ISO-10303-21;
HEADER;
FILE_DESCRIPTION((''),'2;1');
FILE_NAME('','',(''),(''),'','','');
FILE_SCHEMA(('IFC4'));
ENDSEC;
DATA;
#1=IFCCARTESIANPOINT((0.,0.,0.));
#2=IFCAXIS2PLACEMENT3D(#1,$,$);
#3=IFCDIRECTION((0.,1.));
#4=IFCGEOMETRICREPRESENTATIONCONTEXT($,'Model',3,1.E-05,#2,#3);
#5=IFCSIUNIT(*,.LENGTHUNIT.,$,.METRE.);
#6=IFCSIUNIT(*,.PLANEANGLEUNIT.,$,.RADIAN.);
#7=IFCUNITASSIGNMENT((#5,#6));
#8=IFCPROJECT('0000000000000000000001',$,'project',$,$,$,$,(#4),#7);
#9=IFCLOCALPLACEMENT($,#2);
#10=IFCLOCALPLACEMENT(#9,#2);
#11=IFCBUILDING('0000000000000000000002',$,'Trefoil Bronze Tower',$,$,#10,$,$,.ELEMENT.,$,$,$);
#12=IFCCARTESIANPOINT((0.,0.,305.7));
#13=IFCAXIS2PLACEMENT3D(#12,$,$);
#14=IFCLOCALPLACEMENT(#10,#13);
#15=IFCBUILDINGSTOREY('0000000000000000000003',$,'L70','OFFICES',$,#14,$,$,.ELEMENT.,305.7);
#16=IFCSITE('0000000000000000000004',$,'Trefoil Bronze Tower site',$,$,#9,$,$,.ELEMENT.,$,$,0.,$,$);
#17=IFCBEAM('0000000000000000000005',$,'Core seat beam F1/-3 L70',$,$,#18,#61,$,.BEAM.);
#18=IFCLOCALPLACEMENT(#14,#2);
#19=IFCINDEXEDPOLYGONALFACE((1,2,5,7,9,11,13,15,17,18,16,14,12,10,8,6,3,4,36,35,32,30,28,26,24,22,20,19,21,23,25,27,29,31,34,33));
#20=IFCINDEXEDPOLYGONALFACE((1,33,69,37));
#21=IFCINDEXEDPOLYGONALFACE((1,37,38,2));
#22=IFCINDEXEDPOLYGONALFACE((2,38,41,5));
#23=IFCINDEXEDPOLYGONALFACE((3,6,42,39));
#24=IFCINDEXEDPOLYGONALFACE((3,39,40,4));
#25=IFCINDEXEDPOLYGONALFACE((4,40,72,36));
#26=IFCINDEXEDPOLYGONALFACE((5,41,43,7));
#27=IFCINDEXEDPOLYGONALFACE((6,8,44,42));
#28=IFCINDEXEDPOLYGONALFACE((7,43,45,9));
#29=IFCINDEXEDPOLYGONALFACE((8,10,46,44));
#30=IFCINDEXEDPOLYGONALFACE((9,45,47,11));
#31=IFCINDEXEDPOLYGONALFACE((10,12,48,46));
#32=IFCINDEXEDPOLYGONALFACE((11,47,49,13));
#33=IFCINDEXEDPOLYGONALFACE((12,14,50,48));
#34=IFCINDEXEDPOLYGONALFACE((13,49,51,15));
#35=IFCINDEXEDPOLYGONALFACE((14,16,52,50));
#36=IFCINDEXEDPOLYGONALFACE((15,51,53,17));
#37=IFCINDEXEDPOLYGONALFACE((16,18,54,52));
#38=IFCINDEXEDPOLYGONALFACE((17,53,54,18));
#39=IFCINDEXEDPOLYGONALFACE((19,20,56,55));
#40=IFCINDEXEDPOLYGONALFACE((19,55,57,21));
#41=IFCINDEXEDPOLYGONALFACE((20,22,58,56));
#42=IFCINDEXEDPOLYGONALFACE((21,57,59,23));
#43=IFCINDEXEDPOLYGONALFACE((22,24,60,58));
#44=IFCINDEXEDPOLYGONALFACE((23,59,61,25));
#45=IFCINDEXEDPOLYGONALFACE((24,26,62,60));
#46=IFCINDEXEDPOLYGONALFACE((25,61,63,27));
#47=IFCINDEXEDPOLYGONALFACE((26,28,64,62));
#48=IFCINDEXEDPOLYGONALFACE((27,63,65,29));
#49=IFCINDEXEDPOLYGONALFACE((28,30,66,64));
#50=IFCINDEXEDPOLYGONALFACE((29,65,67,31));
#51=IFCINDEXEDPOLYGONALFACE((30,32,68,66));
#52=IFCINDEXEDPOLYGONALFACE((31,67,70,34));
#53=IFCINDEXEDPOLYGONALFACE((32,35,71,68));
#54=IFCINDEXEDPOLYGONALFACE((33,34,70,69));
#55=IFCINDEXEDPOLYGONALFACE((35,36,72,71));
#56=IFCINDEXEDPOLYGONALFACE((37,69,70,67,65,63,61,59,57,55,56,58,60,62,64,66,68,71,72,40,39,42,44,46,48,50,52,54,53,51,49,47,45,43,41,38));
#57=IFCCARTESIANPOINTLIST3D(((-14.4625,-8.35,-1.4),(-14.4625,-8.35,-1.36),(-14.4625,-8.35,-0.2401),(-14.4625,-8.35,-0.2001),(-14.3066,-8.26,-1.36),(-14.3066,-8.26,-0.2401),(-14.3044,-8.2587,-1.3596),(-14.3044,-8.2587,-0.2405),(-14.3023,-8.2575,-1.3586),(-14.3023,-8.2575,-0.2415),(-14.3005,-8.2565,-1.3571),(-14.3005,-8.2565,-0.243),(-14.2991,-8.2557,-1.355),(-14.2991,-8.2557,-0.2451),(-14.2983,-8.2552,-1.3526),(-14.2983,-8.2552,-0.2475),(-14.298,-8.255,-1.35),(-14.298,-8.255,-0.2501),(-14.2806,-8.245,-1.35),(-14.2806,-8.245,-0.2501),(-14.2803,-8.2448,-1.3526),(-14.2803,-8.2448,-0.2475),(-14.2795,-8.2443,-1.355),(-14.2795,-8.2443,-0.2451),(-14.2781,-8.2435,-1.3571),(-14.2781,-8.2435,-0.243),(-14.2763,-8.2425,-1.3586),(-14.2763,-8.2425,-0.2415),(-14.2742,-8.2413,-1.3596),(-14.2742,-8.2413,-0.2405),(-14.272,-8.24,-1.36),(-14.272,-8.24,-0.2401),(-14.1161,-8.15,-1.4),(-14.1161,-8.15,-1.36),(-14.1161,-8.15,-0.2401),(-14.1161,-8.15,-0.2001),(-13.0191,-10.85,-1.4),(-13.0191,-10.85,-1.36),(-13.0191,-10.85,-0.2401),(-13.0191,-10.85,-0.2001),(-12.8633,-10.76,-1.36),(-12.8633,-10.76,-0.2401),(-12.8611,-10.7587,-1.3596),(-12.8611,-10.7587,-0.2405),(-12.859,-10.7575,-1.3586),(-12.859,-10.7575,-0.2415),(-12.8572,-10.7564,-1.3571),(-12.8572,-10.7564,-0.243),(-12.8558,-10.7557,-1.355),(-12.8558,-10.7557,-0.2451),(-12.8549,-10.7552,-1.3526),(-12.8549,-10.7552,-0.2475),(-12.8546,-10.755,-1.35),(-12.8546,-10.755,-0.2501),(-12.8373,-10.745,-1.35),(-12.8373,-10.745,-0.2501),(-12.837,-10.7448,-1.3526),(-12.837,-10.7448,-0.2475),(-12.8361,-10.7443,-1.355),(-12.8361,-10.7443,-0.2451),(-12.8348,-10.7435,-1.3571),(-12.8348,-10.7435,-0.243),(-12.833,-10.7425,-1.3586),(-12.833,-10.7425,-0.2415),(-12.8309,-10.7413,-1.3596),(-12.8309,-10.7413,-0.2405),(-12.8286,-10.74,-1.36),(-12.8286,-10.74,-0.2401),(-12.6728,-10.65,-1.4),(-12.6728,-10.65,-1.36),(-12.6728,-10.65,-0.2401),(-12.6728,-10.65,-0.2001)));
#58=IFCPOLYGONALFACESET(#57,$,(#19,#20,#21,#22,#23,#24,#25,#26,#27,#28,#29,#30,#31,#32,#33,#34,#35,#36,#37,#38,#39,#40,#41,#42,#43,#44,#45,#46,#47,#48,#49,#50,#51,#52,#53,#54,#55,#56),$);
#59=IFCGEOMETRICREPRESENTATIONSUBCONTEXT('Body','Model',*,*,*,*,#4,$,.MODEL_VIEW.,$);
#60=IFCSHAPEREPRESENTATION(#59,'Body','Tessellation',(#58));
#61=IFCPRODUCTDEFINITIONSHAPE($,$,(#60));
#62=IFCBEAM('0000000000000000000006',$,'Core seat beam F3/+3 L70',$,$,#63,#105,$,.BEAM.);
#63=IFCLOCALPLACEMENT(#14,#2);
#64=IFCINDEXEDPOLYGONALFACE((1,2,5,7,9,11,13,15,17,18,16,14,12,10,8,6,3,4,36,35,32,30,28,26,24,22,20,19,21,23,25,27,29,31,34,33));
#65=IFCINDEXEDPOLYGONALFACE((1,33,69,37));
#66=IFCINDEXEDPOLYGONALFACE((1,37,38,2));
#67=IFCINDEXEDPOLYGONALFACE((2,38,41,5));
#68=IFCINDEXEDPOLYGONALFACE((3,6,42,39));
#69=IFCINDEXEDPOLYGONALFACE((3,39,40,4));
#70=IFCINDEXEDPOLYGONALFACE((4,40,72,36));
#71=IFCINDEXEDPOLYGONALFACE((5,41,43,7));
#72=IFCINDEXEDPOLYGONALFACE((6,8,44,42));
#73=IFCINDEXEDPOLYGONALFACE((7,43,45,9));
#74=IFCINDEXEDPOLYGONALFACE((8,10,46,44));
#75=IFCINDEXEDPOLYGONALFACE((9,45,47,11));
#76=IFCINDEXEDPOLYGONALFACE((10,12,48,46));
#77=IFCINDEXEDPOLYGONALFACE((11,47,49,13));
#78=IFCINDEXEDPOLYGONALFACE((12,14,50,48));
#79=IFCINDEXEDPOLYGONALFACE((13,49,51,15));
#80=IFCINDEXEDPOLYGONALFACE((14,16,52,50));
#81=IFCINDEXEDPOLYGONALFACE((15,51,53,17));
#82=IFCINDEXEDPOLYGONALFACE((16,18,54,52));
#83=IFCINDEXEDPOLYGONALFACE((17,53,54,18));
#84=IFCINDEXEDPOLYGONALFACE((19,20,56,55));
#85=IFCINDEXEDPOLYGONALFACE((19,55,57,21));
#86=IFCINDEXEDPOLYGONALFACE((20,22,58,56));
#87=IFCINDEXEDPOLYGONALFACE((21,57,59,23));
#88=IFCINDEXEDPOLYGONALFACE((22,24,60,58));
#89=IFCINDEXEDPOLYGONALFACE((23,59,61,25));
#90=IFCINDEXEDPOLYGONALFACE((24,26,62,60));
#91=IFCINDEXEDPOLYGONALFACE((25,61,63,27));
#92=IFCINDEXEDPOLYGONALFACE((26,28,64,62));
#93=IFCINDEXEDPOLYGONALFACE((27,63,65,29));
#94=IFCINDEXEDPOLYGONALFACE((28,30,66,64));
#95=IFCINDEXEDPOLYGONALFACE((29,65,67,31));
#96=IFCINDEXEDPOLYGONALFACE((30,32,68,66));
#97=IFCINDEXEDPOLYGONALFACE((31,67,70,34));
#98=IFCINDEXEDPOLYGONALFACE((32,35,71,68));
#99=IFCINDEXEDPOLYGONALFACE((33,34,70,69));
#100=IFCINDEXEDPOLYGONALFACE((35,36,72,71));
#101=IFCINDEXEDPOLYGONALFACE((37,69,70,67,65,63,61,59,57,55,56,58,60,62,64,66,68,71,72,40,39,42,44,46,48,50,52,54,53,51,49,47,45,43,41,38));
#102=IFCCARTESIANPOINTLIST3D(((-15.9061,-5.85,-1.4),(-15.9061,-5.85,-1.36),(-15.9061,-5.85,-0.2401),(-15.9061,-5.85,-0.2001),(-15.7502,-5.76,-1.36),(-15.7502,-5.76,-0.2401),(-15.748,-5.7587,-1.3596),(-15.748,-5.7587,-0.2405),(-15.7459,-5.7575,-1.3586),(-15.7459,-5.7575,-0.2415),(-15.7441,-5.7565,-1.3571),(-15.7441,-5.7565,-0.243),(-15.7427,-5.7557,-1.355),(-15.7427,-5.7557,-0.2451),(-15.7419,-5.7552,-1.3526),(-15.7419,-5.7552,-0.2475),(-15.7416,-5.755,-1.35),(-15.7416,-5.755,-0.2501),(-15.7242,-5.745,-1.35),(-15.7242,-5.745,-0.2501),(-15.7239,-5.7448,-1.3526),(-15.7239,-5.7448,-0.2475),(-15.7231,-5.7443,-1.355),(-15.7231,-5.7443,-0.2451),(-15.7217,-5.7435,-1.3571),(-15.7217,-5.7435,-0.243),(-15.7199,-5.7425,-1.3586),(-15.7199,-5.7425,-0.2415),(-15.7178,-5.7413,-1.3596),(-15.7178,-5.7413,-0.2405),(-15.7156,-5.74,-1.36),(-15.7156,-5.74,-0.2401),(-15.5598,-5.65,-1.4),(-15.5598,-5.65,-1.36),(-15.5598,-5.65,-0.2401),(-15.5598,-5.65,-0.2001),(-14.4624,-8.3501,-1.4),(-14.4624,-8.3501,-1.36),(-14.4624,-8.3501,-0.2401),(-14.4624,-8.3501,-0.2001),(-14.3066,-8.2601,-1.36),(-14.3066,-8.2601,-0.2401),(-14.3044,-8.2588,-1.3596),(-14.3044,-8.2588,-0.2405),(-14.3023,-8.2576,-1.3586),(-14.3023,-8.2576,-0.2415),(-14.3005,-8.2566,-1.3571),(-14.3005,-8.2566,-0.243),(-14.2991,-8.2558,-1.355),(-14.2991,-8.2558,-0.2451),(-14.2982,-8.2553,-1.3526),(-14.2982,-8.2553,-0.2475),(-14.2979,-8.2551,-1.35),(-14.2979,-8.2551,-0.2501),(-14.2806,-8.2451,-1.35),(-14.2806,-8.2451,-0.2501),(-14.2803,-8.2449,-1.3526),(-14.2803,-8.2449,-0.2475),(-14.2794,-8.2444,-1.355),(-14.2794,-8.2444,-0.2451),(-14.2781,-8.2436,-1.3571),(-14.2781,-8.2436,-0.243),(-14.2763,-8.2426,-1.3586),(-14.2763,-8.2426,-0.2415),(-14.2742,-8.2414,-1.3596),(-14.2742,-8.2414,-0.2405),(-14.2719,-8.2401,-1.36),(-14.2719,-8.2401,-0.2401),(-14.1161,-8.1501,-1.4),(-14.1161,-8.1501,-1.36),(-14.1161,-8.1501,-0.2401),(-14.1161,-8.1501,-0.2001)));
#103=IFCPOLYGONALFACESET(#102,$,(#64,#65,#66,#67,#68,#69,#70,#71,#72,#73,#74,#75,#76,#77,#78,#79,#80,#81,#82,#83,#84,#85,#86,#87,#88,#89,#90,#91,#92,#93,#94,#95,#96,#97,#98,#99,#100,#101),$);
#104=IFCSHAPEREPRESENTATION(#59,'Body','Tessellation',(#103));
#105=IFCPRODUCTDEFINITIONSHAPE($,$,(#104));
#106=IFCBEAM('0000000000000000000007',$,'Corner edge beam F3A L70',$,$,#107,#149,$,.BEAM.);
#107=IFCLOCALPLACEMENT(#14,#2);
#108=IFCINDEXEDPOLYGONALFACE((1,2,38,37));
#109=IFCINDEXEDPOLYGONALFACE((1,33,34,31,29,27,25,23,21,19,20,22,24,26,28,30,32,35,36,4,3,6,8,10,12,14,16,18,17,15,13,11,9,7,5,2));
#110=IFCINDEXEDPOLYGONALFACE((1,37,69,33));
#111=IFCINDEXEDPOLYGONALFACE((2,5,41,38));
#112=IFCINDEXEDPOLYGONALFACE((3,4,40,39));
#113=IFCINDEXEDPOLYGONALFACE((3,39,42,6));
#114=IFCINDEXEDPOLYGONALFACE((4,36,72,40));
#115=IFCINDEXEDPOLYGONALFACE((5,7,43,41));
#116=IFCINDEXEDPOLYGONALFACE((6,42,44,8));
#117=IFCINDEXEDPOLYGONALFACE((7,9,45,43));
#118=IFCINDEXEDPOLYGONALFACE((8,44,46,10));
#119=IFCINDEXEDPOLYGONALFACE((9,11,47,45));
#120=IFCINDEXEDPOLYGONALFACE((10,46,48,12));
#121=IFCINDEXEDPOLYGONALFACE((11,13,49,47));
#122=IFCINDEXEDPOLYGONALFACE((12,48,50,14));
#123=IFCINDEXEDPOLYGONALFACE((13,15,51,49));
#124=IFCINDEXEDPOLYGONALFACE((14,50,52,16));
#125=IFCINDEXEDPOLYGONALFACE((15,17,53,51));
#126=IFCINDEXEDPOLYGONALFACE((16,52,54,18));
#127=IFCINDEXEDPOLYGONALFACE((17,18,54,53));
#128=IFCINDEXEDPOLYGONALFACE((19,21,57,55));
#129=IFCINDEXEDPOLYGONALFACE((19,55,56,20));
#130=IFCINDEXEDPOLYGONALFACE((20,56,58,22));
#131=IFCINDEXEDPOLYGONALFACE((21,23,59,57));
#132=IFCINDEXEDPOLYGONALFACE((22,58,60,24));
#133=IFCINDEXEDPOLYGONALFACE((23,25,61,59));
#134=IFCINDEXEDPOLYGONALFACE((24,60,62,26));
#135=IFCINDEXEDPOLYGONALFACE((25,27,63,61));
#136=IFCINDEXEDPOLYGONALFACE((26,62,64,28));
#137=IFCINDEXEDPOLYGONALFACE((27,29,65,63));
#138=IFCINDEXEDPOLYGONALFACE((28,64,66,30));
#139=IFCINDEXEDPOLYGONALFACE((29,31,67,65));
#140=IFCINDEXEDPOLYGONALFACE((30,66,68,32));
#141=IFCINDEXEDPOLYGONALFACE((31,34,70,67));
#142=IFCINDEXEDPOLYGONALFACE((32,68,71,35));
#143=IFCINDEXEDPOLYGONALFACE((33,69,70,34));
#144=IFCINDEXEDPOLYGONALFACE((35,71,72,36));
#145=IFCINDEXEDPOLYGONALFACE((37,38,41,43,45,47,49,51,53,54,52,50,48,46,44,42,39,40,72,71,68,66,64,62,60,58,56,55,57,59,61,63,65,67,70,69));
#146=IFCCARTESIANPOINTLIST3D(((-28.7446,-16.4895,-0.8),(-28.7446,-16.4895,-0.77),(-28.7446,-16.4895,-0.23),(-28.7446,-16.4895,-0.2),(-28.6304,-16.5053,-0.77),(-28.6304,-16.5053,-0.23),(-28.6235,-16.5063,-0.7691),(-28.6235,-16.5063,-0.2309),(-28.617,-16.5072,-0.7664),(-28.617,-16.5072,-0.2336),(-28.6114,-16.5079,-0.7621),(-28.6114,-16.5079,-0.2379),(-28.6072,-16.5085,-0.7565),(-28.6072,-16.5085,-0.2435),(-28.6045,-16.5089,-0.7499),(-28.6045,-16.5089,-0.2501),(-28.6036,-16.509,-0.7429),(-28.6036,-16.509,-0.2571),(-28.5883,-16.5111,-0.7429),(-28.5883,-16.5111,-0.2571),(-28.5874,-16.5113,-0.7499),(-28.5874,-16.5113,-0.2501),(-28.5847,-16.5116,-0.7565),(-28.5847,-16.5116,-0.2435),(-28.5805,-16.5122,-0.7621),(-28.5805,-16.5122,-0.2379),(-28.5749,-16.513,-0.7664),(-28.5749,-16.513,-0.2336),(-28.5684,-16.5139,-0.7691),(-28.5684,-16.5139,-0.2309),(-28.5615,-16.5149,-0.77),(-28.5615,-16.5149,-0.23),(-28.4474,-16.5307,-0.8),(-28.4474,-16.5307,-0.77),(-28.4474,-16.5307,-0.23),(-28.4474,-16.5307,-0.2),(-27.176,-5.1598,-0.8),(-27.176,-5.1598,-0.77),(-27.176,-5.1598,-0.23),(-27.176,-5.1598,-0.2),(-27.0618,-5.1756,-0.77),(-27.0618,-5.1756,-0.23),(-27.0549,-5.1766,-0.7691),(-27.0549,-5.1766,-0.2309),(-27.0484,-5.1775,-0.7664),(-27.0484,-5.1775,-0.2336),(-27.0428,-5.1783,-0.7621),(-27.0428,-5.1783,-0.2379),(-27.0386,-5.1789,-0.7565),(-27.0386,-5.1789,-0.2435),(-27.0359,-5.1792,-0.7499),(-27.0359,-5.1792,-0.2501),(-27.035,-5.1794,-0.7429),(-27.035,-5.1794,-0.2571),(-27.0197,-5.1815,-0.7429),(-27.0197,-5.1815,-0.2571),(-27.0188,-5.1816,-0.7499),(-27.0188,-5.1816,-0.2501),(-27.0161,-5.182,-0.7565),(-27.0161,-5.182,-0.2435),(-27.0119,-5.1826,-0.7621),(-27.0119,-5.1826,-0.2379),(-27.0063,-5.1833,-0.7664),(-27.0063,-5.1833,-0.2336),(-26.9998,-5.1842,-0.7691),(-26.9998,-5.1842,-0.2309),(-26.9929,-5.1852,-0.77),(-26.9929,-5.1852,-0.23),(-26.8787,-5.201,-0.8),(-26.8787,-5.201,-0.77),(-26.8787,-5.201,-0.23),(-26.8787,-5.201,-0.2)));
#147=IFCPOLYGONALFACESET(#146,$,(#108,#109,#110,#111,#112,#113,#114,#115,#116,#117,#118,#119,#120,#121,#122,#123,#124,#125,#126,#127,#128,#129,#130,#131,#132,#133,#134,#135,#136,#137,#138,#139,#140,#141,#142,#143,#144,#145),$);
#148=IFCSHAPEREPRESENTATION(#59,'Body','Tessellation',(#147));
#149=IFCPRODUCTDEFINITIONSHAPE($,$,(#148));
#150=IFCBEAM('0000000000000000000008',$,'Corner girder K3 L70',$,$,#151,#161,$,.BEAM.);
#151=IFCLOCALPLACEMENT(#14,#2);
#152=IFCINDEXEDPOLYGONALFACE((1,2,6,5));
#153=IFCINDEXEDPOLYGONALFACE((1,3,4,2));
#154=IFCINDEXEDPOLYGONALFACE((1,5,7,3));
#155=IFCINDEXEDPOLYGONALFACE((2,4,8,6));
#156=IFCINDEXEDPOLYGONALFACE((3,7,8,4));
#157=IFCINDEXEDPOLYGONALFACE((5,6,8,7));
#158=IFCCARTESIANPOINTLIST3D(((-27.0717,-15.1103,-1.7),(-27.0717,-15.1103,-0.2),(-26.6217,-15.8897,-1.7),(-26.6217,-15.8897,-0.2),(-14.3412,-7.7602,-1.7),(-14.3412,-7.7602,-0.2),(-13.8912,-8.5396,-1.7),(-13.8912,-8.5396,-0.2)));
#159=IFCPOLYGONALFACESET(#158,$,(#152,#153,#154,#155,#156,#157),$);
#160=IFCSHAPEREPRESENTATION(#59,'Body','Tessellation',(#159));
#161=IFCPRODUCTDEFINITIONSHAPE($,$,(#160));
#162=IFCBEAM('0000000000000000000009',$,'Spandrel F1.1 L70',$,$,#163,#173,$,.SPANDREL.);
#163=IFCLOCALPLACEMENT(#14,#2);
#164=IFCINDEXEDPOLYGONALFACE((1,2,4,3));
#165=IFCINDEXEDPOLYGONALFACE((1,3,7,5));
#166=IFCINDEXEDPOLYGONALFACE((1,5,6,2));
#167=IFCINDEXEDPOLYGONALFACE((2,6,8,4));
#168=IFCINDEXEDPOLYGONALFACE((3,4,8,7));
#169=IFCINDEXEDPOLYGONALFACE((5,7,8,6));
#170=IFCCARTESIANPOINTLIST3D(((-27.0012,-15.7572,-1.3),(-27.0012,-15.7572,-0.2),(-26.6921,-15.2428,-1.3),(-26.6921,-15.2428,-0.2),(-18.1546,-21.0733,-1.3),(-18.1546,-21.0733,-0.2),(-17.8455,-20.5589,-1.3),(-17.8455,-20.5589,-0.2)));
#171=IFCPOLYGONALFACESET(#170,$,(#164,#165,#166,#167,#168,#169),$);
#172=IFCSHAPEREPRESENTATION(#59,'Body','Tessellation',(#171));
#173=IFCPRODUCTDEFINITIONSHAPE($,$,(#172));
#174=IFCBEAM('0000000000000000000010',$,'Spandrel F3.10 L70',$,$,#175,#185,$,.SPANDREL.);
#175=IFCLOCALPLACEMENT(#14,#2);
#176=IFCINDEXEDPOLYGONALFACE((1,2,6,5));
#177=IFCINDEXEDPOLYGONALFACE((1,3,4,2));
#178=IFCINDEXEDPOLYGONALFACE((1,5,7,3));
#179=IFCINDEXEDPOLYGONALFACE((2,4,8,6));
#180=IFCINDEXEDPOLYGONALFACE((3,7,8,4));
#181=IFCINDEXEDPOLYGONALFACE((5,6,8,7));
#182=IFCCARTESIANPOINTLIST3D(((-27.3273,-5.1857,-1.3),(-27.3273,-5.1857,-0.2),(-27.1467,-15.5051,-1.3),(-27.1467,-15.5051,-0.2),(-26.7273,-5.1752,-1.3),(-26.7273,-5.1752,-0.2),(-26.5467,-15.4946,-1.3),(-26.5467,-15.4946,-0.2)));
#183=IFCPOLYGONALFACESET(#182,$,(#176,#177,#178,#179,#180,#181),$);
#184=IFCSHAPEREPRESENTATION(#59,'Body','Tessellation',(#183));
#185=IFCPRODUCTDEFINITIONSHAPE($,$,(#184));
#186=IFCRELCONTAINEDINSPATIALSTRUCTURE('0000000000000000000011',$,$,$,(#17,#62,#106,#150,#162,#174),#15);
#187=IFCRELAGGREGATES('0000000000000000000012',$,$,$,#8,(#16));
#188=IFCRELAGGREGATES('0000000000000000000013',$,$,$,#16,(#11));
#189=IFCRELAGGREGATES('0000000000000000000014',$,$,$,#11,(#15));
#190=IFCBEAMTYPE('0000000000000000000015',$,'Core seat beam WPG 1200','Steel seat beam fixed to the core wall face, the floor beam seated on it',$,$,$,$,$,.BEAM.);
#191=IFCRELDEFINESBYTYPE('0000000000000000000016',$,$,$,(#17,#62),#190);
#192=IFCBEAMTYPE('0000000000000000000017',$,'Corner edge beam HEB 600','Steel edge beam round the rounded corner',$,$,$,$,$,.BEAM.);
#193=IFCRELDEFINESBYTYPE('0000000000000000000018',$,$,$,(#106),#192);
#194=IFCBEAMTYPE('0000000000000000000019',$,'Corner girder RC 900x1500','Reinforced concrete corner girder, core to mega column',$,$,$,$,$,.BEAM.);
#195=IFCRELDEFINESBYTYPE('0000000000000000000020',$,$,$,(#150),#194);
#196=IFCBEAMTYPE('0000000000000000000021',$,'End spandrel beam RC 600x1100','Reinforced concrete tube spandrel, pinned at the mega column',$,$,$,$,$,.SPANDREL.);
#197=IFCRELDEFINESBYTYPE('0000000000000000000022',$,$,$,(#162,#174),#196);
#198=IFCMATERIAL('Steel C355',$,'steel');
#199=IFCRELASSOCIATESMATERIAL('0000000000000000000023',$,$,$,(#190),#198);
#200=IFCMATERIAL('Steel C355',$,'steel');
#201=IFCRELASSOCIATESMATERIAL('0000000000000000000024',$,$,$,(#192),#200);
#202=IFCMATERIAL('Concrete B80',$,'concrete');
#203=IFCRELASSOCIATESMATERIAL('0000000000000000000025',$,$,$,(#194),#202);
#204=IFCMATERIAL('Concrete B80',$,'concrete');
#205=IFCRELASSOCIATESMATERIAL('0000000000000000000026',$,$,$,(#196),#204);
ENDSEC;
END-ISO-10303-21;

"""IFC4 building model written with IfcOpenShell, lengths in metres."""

from ifc_helpers import new_model, si_unit, direction, frame, origin, origin_2d, place, context, subcontext, project, spatial, rectangle, i_section, extrude, material, material_profile, profile_set, type_object, element, save


model = new_model("IFC4")

# Units and contexts
model_context = context("Model", 3, precision=1e-05, world=origin(), true_north=direction((0.0, 1.0)))
body_context = subcontext(model_context, "Body", "Model", "MODEL_VIEW")
ifc_project = project(units=[si_unit("LENGTHUNIT", "METRE"), si_unit("PLANEANGLEUNIT", "RADIAN")], contexts=[model_context])

# Site, building, storey
site_placement = place(None, origin())
site = spatial("IfcSite", under=ifc_project, at=site_placement, Name="Trefoil Bronze Tower site", CompositionType="ELEMENT", RefElevation=0.0)
building_placement = place(site_placement, origin())
building = spatial("IfcBuilding", under=site, at=building_placement, Name="Trefoil Bronze Tower", CompositionType="ELEMENT")
storey_placement = place(building_placement, frame((0.0, 0.0, 305.7)))
storey = spatial("IfcBuildingStorey", under=building, at=storey_placement, Name="L70", Description="OFFICES", CompositionType="ELEMENT", Elevation=305.7)

# Beams
ifc_material_1 = material(Name="Steel C355", Category="steel")
ifc_material_profile_1 = material_profile(ifc_material_1, i_section(OverallWidth=0.3999, OverallDepth=1.2, WebThickness=0.02, FlangeThickness=0.04, FilletRadius=0.01, at=origin_2d()), Name="WPG 1200")
ifc_profile_set_1 = profile_set([ifc_material_profile_1], Name="Steel C355")
beam_type_1 = type_object("IfcBeamType", Name="Core seat beam WPG 1200", Description="Steel seat beam fixed to the core wall face, the floor beam seated on it", PredefinedType="BEAM", material=ifc_profile_set_1)
beam_1_placement = place(storey_placement, frame((-14.2893, -8.25, -0.8), z_axis=(0.499996, -0.866028, 0.0), x_axis=(0.866028, 0.499996, 0.0)))
element("IfcBeam", 1, at=beam_1_placement, inside=storey, type_object=beam_type_1, Name="Core seat beam F1/-3 L70", PredefinedType="BEAM", context=body_context, shape_type="SweptSolid", body=[
    extrude(i_section(OverallWidth=0.3999, OverallDepth=1.2, WebThickness=0.02, FlangeThickness=0.04, FilletRadius=0.01, at=origin_2d()), origin(), (0.0, 0.0, 1.0), 2.8867),
])
beam_2_placement = place(storey_placement, frame((-15.7329, -5.75, -0.8), z_axis=(0.500059, -0.865991, 0.0), x_axis=(0.865991, 0.500059, 0.0)))
element("IfcBeam", 2, at=beam_2_placement, inside=storey, type_object=beam_type_1, Name="Core seat beam F3/+3 L70", PredefinedType="BEAM", context=body_context, shape_type="SweptSolid", body=[
    extrude(i_section(OverallWidth=0.3999, OverallDepth=1.2, WebThickness=0.02, FlangeThickness=0.04, FilletRadius=0.01, at=origin_2d()), origin(), (0.0, 0.0, 1.0), 2.887),
])
ifc_material_2 = material(Name="Steel C355", Category="steel")
ifc_material_profile_2 = material_profile(ifc_material_2, i_section(OverallWidth=0.3, OverallDepth=0.6001, WebThickness=0.0154, FlangeThickness=0.03, FilletRadius=0.0271, at=origin_2d()), Name="HEB 600")
ifc_profile_set_2 = profile_set([ifc_material_profile_2], Name="Steel C355")
beam_type_2 = type_object("IfcBeamType", Name="Corner edge beam HEB 600", Description="Steel edge beam round the rounded corner", PredefinedType="BEAM", material=ifc_profile_set_2)
beam_3_placement = place(storey_placement, frame((-27.0273, -5.1804, -0.5), z_axis=(-0.137144, -0.990551, 0.0), x_axis=(0.990551, -0.137144, 0.0)))
element("IfcBeam", 3, at=beam_3_placement, inside=storey, type_object=beam_type_2, Name="Corner edge beam F3A L70", PredefinedType="BEAM", context=body_context, shape_type="SweptSolid", body=[
    extrude(i_section(OverallWidth=0.3, OverallDepth=0.6001, WebThickness=0.0154, FlangeThickness=0.03, FilletRadius=0.0271, at=origin_2d()), origin(), (0.0, 0.0, 1.0), 11.4377),
])
ifc_material_3 = material(Name="Concrete B80", Category="concrete")
ifc_material_profile_3 = material_profile(ifc_material_3, rectangle(XDim=0.8999, YDim=1.5, at=origin_2d()), Name="RC 900x1500")
ifc_profile_set_3 = profile_set([ifc_material_profile_3], Name="Concrete B80")
beam_type_3 = type_object("IfcBeamType", Name="Corner girder RC 900x1500", Description="Reinforced concrete corner girder, core to mega column", PredefinedType="BEAM", material=ifc_profile_set_3)
beam_4_placement = place(storey_placement, frame((-14.1162, -8.1499, -0.95), z_axis=(-0.866021, -0.500008, 0.0), x_axis=(0.500008, -0.866021, 0.0)))
element("IfcBeam", 4, at=beam_4_placement, inside=storey, type_object=beam_type_3, Name="Corner girder K3 L70", PredefinedType="BEAM", context=body_context, shape_type="SweptSolid", body=[
    extrude(rectangle(XDim=0.8999, YDim=1.5, at=origin_2d()), origin(), (0.0, 0.0, 1.0), 14.7),
])
ifc_material_4 = material(Name="Concrete B80", Category="concrete")
ifc_material_profile_4 = material_profile(ifc_material_4, rectangle(XDim=0.6001, YDim=1.1001, at=origin_2d()), Name="RC 600x1100")
ifc_profile_set_4 = profile_set([ifc_material_profile_4], Name="Concrete B80")
beam_type_4 = type_object("IfcBeamType", Name="End spandrel beam RC 600x1100", Description="Reinforced concrete tube spandrel, pinned at the mega column", PredefinedType="SPANDREL", material=ifc_profile_set_4)
for number, where, z_axis, x_axis, name in (
    (5, (-26.8467, -15.5, -0.75), (0.857144, -0.515077, 0.0), (0.515077, 0.857144, 0.0), "Spandrel F1.1 L70"),
    (6, (-27.0273, -5.1804, -0.75), (0.017504, -0.999847, 0.0), (0.999847, 0.017504, 0.0), "Spandrel F3.10 L70"),
):
    element("IfcBeam", number, at=place(storey_placement, frame(where, z_axis=z_axis, x_axis=x_axis)), inside=storey, type_object=beam_type_4, Name=name, PredefinedType="SPANDREL", context=body_context, shape_type="SweptSolid", body=[
        extrude(rectangle(XDim=0.6001, YDim=1.1001, at=origin_2d()), origin(), (0.0, 0.0, 1.0), 10.321),
    ])

save(model, "model.ifc")
